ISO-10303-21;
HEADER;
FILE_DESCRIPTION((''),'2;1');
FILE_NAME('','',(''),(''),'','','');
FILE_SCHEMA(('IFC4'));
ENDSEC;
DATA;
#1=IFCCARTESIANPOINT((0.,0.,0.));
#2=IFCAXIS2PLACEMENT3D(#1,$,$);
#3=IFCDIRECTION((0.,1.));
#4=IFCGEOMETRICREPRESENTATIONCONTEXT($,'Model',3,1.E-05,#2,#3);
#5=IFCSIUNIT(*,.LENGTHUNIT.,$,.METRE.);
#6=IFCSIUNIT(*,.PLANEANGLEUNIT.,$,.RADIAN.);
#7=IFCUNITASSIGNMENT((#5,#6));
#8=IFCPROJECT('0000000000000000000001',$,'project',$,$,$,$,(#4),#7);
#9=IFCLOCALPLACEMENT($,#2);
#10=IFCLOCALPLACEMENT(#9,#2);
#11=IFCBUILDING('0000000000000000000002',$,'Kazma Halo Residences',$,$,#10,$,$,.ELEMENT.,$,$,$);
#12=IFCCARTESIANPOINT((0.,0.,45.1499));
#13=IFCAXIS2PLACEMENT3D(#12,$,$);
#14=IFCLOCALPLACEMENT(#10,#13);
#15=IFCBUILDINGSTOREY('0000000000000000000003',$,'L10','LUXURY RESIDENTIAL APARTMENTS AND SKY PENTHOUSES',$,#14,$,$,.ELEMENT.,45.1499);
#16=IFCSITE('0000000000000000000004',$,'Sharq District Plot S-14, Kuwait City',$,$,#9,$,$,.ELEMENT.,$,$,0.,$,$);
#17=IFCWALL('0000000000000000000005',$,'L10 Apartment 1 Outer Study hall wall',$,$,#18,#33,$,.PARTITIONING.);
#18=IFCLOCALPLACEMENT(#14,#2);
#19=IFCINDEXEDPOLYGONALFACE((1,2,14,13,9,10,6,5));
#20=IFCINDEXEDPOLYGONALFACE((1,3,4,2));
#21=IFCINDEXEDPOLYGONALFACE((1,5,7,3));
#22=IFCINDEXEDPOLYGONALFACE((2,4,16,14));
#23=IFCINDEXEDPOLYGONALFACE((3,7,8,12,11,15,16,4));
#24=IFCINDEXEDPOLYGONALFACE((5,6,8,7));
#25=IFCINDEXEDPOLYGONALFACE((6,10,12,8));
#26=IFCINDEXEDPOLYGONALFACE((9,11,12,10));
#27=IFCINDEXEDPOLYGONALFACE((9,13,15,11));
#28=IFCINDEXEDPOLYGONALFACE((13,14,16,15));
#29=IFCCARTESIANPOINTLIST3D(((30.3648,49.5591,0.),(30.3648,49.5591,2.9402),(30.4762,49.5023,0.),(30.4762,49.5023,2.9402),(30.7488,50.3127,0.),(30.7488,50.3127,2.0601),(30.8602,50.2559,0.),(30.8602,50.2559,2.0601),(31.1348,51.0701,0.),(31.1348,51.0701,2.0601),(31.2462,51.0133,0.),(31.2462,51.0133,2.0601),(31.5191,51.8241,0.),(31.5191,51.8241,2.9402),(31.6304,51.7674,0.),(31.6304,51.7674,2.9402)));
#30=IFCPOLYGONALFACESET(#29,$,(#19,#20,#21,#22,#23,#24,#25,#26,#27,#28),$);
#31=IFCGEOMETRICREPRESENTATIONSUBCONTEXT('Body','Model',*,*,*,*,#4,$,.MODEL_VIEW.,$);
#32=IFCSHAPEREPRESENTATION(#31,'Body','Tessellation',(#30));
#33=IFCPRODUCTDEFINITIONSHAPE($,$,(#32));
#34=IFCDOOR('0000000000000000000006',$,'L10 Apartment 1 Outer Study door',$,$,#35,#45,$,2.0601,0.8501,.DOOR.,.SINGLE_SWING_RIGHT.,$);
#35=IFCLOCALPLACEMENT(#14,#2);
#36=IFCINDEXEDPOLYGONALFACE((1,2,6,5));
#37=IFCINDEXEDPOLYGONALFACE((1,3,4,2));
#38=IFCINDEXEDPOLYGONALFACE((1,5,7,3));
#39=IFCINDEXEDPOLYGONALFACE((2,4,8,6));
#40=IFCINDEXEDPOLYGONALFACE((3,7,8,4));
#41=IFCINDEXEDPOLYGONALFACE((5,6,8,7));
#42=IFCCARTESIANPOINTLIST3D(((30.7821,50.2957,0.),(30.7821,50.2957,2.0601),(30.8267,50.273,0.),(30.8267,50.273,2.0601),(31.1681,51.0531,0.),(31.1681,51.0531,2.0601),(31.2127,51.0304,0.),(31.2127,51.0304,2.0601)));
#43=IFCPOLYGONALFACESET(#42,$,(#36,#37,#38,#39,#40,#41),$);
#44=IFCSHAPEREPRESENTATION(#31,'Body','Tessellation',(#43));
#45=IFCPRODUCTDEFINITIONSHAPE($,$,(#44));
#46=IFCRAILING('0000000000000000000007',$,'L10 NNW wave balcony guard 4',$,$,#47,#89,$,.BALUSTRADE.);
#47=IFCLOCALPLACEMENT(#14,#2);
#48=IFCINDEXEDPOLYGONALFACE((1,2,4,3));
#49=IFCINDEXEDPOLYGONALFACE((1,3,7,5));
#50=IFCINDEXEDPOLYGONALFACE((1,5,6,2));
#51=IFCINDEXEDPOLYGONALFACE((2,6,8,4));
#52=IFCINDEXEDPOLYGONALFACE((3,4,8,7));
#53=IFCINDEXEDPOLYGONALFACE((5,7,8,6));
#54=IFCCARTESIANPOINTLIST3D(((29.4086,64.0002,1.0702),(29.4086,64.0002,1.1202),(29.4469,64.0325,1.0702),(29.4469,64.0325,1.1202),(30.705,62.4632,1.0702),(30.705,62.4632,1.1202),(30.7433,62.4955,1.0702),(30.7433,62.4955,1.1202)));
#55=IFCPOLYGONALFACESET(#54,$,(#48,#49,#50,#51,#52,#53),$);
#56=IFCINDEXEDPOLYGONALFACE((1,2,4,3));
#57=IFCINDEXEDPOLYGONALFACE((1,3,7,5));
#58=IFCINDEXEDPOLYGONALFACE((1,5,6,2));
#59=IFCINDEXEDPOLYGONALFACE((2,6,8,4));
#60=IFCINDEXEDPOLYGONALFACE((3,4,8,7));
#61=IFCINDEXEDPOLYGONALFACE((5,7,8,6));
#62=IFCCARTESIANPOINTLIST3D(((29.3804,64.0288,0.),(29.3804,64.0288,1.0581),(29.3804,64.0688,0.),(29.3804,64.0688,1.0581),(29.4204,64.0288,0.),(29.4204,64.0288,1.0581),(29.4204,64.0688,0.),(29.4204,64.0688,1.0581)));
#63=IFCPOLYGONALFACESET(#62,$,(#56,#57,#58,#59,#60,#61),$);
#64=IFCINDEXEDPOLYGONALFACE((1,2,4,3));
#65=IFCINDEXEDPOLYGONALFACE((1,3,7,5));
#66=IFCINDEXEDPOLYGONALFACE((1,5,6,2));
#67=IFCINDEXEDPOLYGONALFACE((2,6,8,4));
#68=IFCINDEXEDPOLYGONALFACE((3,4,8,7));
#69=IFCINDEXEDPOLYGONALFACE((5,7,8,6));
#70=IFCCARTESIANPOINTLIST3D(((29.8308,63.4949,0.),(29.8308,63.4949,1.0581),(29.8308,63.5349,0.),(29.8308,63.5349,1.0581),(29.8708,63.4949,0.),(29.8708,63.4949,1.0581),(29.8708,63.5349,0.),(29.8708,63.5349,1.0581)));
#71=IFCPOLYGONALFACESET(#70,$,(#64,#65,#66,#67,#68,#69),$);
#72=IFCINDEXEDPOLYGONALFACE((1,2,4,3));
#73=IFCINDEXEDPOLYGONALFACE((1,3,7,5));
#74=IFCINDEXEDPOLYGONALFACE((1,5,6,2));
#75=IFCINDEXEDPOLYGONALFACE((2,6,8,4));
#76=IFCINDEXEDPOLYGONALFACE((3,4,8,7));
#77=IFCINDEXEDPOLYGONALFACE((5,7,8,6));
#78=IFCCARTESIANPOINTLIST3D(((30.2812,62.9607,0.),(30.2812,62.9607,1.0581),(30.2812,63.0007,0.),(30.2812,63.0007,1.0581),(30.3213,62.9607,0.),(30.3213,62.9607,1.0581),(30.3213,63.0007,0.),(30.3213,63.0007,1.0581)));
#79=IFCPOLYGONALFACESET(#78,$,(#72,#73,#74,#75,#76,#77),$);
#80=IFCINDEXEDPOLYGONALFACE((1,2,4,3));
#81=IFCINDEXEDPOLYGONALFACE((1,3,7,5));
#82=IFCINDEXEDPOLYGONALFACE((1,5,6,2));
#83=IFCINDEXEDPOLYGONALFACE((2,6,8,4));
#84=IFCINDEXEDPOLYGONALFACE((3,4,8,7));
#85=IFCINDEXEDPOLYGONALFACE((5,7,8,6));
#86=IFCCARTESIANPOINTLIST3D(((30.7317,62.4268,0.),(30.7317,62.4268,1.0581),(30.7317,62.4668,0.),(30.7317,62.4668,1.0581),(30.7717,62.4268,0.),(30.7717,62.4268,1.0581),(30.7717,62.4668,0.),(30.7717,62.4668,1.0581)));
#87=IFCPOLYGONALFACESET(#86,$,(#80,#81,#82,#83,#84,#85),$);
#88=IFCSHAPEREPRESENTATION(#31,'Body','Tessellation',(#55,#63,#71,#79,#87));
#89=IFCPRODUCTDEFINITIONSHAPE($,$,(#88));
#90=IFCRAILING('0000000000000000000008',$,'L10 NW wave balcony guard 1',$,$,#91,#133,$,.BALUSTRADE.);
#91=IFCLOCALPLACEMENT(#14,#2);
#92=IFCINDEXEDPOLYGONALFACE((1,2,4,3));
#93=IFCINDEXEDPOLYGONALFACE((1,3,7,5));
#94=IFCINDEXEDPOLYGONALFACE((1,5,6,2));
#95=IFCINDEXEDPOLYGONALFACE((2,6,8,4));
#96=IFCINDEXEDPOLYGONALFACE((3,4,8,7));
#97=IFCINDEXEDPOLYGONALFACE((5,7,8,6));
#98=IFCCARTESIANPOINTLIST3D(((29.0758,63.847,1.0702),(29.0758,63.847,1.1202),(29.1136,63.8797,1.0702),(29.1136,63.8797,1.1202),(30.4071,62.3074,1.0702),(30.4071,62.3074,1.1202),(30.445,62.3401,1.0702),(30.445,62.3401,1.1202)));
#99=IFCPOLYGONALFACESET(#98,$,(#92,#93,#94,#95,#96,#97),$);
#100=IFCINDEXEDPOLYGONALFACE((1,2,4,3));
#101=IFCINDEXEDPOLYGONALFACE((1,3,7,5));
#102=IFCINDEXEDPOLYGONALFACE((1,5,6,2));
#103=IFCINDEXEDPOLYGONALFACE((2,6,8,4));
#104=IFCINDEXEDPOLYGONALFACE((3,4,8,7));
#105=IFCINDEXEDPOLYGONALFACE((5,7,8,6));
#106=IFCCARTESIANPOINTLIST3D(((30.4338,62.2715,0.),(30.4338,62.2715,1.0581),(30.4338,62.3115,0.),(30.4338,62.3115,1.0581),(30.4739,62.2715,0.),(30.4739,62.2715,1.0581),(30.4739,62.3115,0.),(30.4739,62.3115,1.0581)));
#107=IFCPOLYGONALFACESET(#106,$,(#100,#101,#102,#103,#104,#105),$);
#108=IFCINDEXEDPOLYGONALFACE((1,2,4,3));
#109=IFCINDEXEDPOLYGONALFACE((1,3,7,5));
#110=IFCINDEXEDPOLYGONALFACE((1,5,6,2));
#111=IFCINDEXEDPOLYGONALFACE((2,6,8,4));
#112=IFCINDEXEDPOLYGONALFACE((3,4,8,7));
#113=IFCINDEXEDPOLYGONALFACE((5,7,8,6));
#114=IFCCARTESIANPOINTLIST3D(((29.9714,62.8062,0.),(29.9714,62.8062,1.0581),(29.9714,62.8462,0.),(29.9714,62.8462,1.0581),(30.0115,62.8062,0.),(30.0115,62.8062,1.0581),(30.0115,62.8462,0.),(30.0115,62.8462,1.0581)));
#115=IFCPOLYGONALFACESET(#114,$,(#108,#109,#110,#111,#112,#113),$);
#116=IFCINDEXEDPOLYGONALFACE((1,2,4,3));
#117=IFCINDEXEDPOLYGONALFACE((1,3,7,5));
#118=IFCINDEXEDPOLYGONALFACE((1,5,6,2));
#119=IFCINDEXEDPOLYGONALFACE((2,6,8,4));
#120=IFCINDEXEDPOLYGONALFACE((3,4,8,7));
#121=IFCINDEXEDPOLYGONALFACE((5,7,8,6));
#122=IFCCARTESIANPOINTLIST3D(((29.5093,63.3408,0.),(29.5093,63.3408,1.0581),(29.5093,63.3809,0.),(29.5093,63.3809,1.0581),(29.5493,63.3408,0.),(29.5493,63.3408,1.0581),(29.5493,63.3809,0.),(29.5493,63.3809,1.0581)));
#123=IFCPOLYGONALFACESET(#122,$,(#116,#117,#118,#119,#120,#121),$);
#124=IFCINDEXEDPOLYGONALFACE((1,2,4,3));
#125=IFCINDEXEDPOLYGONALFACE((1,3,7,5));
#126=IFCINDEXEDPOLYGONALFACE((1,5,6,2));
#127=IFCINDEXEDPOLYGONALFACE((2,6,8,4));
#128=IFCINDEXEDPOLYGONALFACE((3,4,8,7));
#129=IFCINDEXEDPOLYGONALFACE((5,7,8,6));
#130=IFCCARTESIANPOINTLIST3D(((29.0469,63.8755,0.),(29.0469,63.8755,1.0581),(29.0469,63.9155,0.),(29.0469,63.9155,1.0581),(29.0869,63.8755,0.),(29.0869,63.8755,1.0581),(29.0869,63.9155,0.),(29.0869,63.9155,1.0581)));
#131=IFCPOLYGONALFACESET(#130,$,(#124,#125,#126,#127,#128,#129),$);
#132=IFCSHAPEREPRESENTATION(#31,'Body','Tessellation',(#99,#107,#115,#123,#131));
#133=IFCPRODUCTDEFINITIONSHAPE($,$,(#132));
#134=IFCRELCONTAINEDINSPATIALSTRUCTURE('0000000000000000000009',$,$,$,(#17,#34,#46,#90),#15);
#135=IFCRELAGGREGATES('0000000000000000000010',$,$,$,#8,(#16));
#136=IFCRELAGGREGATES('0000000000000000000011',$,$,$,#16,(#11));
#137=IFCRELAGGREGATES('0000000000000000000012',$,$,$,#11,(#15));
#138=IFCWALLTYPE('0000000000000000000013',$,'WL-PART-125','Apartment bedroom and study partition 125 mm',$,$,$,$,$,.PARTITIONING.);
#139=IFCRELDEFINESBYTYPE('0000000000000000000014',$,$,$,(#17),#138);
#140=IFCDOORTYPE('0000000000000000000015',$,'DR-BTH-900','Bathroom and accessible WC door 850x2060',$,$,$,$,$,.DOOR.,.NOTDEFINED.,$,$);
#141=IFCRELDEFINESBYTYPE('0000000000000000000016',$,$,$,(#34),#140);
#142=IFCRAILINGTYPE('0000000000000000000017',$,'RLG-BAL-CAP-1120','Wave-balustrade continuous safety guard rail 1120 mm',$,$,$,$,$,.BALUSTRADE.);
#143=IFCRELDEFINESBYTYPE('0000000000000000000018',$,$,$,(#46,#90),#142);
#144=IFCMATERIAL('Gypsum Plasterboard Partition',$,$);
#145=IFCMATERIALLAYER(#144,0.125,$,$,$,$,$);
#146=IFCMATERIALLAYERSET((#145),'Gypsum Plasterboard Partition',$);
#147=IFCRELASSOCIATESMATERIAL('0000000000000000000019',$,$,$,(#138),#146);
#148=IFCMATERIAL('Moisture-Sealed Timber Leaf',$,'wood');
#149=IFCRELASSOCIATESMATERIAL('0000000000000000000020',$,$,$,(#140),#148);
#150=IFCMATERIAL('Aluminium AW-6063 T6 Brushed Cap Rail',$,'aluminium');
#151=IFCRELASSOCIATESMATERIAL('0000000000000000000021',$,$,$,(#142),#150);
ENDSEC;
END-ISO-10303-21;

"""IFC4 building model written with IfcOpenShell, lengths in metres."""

from ifc_helpers import new_model, si_unit, direction, frame, frame_2d, origin, origin_2d, place, context, subcontext, project, spatial, rectangle, extrude, material, layer, layer_set, type_object, element, fill, save


model = new_model("IFC4")

# Units and contexts
model_context = context("Model", 3, precision=1e-05, world=origin(), true_north=direction((0.0, 1.0)))
body_context = subcontext(model_context, "Body", "Model", "MODEL_VIEW")
ifc_project = project(units=[si_unit("LENGTHUNIT", "METRE"), si_unit("PLANEANGLEUNIT", "RADIAN")], contexts=[model_context])

# Site, building, storey
site_placement = place(None, origin())
site = spatial("IfcSite", under=ifc_project, at=site_placement, Name="Sharq District Plot S-14, Kuwait City", CompositionType="ELEMENT", RefElevation=0.0)
building_placement = place(site_placement, origin())
building = spatial("IfcBuilding", under=site, at=building_placement, Name="Kazma Halo Residences", CompositionType="ELEMENT")
storey_placement = place(building_placement, frame((0.0, 0.0, 45.1499)))
storey = spatial("IfcBuildingStorey", under=building, at=storey_placement, Name="L10", Description="LUXURY RESIDENTIAL APARTMENTS AND SKY PENTHOUSES", CompositionType="ELEMENT", Elevation=45.1499)

# Shared definitions
ifc_material_1 = material(Name="Gypsum Plasterboard Partition")
ifc_layer_1 = layer(ifc_material_1, 0.125)
ifc_layer_set_1 = layer_set([ifc_layer_1], Name="Gypsum Plasterboard Partition")
wall_type_1 = type_object("IfcWallType", Name="WL-PART-125", Description="Apartment bedroom and study partition 125 mm", PredefinedType="PARTITIONING", material=ifc_layer_set_1)

# Wall, opening, door
ifc_material_2 = material(Name="Moisture-Sealed Timber Leaf", Category="wood")
door_type_1 = type_object("IfcDoorType", Name="DR-BTH-900", Description="Bathroom and accessible WC door 850x2060", OperationType="NOTDEFINED", PredefinedType="DOOR", material=ifc_material_2)
wall_1_placement = place(storey_placement, frame((31.5747, 51.7957, 0.0), z_axis=(0.0, 0.0, 1.0), x_axis=(-0.454038, -0.890982, 0.0)))
wall_1 = element("IfcWall", 1, at=wall_1_placement, inside=storey, type_object=wall_type_1, Name="L10 Apartment 1 Outer Study hall wall", PredefinedType="PARTITIONING", context=body_context, shape_type="SweptSolid", body=[
    extrude(rectangle(XDim=2.5422, YDim=0.125, at=frame_2d((1.271, 0.0))), origin(), (0.0, 0.0, 1.0), 2.9402),
])
opening_1_placement = place(wall_1_placement, frame((0.8462, 0.0, 0.0)))
opening_1 = element("IfcOpeningElement", 2, at=opening_1_placement, cuts=wall_1, PredefinedType="OPENING", context=body_context, shape_type="SweptSolid", body=[
    extrude(rectangle(XDim=0.8501, YDim=2.0601, at=frame_2d((0.425, 1.03))), frame((0.0, 0.0725, 0.0), z_axis=(0.0, -1.0, 0.0), x_axis=(1.0, 0.0, 0.0)), (0.0, 0.0, 1.0), 0.145),
])
door_1_placement = place(opening_1_placement, origin())
door_1 = element("IfcDoor", 3, at=door_1_placement, inside=storey, type_object=door_type_1, Name="L10 Apartment 1 Outer Study door", OperationType="SINGLE_SWING_RIGHT", OverallHeight=2.0601, OverallWidth=0.8501, PredefinedType="DOOR", context=body_context, shape_type="SweptSolid", body=[
    extrude(rectangle(XDim=0.8501, YDim=2.0601, at=frame_2d((0.425, 1.03))), frame((0.0, 0.0249, 0.0), z_axis=(0.0, -1.0, 0.0), x_axis=(1.0, 0.0, 0.0)), (0.0, 0.0, 1.0), 0.05),
])
fill(opening_1, door_1)

# Railings
ifc_material_3 = material(Name="Aluminium AW-6063 T6 Brushed Cap Rail", Category="aluminium")
railing_type = type_object("IfcRailingType", Name="RLG-BAL-CAP-1120", Description="Wave-balustrade continuous safety guard rail 1120 mm", PredefinedType="BALUSTRADE", material=ifc_material_3)
railing_1_placement = place(storey_placement, frame((29.4004, 64.0488, 0.0)))
element("IfcRailing", 4, at=railing_1_placement, inside=storey, type_object=railing_type, Name="L10 NNW wave balcony guard 4", PredefinedType="BALUSTRADE", context=body_context, shape_type="SweptSolid", body=[
    extrude(rectangle(XDim=0.05, YDim=0.05, at=origin_2d()), frame((0.0273, -0.0325, 1.0952), z_axis=(0.644756, -0.764388, 0.0), x_axis=(0.764388, 0.644756, 0.0)), (0.0, 0.0, 1.0), 2.0107),
    extrude(rectangle(XDim=0.04, YDim=0.04, at=origin_2d()), origin(), (0.0, 0.0, 1.0), 1.0581),
    extrude(rectangle(XDim=0.04, YDim=0.04, at=origin_2d()), frame((0.4504, -0.5339, 0.0)), (0.0, 0.0, 1.0), 1.0581),
    extrude(rectangle(XDim=0.04, YDim=0.04, at=origin_2d()), frame((0.9009, -1.0681, 0.0)), (0.0, 0.0, 1.0), 1.0581),
    extrude(rectangle(XDim=0.04, YDim=0.04, at=origin_2d()), frame((1.3513, -1.6021, 0.0)), (0.0, 0.0, 1.0), 1.0581),
])
railing_2_placement = place(storey_placement, frame((30.4539, 62.2915, 0.0)))
element("IfcRailing", 5, at=railing_2_placement, inside=storey, type_object=railing_type, Name="L10 NW wave balcony guard 1", PredefinedType="BALUSTRADE", context=body_context, shape_type="SweptSolid", body=[
    extrude(rectangle(XDim=0.05, YDim=0.05, at=origin_2d()), frame((-0.0278, 0.0322, 1.0952), z_axis=(-0.654075, 0.756429, 0.0), x_axis=(-0.756429, -0.654075, 0.0)), (0.0, 0.0, 1.0), 2.0354),
    extrude(rectangle(XDim=0.04, YDim=0.04, at=origin_2d()), origin(), (0.0, 0.0, 1.0), 1.0581),
    extrude(rectangle(XDim=0.04, YDim=0.04, at=origin_2d()), frame((-0.4624, 0.5347, 0.0)), (0.0, 0.0, 1.0), 1.0581),
    extrude(rectangle(XDim=0.04, YDim=0.04, at=origin_2d()), frame((-0.9246, 1.0693, 0.0)), (0.0, 0.0, 1.0), 1.0581),
    extrude(rectangle(XDim=0.04, YDim=0.04, at=origin_2d()), frame((-1.387, 1.604, 0.0)), (0.0, 0.0, 1.0), 1.0581),
])

save(model, "model.ifc")
